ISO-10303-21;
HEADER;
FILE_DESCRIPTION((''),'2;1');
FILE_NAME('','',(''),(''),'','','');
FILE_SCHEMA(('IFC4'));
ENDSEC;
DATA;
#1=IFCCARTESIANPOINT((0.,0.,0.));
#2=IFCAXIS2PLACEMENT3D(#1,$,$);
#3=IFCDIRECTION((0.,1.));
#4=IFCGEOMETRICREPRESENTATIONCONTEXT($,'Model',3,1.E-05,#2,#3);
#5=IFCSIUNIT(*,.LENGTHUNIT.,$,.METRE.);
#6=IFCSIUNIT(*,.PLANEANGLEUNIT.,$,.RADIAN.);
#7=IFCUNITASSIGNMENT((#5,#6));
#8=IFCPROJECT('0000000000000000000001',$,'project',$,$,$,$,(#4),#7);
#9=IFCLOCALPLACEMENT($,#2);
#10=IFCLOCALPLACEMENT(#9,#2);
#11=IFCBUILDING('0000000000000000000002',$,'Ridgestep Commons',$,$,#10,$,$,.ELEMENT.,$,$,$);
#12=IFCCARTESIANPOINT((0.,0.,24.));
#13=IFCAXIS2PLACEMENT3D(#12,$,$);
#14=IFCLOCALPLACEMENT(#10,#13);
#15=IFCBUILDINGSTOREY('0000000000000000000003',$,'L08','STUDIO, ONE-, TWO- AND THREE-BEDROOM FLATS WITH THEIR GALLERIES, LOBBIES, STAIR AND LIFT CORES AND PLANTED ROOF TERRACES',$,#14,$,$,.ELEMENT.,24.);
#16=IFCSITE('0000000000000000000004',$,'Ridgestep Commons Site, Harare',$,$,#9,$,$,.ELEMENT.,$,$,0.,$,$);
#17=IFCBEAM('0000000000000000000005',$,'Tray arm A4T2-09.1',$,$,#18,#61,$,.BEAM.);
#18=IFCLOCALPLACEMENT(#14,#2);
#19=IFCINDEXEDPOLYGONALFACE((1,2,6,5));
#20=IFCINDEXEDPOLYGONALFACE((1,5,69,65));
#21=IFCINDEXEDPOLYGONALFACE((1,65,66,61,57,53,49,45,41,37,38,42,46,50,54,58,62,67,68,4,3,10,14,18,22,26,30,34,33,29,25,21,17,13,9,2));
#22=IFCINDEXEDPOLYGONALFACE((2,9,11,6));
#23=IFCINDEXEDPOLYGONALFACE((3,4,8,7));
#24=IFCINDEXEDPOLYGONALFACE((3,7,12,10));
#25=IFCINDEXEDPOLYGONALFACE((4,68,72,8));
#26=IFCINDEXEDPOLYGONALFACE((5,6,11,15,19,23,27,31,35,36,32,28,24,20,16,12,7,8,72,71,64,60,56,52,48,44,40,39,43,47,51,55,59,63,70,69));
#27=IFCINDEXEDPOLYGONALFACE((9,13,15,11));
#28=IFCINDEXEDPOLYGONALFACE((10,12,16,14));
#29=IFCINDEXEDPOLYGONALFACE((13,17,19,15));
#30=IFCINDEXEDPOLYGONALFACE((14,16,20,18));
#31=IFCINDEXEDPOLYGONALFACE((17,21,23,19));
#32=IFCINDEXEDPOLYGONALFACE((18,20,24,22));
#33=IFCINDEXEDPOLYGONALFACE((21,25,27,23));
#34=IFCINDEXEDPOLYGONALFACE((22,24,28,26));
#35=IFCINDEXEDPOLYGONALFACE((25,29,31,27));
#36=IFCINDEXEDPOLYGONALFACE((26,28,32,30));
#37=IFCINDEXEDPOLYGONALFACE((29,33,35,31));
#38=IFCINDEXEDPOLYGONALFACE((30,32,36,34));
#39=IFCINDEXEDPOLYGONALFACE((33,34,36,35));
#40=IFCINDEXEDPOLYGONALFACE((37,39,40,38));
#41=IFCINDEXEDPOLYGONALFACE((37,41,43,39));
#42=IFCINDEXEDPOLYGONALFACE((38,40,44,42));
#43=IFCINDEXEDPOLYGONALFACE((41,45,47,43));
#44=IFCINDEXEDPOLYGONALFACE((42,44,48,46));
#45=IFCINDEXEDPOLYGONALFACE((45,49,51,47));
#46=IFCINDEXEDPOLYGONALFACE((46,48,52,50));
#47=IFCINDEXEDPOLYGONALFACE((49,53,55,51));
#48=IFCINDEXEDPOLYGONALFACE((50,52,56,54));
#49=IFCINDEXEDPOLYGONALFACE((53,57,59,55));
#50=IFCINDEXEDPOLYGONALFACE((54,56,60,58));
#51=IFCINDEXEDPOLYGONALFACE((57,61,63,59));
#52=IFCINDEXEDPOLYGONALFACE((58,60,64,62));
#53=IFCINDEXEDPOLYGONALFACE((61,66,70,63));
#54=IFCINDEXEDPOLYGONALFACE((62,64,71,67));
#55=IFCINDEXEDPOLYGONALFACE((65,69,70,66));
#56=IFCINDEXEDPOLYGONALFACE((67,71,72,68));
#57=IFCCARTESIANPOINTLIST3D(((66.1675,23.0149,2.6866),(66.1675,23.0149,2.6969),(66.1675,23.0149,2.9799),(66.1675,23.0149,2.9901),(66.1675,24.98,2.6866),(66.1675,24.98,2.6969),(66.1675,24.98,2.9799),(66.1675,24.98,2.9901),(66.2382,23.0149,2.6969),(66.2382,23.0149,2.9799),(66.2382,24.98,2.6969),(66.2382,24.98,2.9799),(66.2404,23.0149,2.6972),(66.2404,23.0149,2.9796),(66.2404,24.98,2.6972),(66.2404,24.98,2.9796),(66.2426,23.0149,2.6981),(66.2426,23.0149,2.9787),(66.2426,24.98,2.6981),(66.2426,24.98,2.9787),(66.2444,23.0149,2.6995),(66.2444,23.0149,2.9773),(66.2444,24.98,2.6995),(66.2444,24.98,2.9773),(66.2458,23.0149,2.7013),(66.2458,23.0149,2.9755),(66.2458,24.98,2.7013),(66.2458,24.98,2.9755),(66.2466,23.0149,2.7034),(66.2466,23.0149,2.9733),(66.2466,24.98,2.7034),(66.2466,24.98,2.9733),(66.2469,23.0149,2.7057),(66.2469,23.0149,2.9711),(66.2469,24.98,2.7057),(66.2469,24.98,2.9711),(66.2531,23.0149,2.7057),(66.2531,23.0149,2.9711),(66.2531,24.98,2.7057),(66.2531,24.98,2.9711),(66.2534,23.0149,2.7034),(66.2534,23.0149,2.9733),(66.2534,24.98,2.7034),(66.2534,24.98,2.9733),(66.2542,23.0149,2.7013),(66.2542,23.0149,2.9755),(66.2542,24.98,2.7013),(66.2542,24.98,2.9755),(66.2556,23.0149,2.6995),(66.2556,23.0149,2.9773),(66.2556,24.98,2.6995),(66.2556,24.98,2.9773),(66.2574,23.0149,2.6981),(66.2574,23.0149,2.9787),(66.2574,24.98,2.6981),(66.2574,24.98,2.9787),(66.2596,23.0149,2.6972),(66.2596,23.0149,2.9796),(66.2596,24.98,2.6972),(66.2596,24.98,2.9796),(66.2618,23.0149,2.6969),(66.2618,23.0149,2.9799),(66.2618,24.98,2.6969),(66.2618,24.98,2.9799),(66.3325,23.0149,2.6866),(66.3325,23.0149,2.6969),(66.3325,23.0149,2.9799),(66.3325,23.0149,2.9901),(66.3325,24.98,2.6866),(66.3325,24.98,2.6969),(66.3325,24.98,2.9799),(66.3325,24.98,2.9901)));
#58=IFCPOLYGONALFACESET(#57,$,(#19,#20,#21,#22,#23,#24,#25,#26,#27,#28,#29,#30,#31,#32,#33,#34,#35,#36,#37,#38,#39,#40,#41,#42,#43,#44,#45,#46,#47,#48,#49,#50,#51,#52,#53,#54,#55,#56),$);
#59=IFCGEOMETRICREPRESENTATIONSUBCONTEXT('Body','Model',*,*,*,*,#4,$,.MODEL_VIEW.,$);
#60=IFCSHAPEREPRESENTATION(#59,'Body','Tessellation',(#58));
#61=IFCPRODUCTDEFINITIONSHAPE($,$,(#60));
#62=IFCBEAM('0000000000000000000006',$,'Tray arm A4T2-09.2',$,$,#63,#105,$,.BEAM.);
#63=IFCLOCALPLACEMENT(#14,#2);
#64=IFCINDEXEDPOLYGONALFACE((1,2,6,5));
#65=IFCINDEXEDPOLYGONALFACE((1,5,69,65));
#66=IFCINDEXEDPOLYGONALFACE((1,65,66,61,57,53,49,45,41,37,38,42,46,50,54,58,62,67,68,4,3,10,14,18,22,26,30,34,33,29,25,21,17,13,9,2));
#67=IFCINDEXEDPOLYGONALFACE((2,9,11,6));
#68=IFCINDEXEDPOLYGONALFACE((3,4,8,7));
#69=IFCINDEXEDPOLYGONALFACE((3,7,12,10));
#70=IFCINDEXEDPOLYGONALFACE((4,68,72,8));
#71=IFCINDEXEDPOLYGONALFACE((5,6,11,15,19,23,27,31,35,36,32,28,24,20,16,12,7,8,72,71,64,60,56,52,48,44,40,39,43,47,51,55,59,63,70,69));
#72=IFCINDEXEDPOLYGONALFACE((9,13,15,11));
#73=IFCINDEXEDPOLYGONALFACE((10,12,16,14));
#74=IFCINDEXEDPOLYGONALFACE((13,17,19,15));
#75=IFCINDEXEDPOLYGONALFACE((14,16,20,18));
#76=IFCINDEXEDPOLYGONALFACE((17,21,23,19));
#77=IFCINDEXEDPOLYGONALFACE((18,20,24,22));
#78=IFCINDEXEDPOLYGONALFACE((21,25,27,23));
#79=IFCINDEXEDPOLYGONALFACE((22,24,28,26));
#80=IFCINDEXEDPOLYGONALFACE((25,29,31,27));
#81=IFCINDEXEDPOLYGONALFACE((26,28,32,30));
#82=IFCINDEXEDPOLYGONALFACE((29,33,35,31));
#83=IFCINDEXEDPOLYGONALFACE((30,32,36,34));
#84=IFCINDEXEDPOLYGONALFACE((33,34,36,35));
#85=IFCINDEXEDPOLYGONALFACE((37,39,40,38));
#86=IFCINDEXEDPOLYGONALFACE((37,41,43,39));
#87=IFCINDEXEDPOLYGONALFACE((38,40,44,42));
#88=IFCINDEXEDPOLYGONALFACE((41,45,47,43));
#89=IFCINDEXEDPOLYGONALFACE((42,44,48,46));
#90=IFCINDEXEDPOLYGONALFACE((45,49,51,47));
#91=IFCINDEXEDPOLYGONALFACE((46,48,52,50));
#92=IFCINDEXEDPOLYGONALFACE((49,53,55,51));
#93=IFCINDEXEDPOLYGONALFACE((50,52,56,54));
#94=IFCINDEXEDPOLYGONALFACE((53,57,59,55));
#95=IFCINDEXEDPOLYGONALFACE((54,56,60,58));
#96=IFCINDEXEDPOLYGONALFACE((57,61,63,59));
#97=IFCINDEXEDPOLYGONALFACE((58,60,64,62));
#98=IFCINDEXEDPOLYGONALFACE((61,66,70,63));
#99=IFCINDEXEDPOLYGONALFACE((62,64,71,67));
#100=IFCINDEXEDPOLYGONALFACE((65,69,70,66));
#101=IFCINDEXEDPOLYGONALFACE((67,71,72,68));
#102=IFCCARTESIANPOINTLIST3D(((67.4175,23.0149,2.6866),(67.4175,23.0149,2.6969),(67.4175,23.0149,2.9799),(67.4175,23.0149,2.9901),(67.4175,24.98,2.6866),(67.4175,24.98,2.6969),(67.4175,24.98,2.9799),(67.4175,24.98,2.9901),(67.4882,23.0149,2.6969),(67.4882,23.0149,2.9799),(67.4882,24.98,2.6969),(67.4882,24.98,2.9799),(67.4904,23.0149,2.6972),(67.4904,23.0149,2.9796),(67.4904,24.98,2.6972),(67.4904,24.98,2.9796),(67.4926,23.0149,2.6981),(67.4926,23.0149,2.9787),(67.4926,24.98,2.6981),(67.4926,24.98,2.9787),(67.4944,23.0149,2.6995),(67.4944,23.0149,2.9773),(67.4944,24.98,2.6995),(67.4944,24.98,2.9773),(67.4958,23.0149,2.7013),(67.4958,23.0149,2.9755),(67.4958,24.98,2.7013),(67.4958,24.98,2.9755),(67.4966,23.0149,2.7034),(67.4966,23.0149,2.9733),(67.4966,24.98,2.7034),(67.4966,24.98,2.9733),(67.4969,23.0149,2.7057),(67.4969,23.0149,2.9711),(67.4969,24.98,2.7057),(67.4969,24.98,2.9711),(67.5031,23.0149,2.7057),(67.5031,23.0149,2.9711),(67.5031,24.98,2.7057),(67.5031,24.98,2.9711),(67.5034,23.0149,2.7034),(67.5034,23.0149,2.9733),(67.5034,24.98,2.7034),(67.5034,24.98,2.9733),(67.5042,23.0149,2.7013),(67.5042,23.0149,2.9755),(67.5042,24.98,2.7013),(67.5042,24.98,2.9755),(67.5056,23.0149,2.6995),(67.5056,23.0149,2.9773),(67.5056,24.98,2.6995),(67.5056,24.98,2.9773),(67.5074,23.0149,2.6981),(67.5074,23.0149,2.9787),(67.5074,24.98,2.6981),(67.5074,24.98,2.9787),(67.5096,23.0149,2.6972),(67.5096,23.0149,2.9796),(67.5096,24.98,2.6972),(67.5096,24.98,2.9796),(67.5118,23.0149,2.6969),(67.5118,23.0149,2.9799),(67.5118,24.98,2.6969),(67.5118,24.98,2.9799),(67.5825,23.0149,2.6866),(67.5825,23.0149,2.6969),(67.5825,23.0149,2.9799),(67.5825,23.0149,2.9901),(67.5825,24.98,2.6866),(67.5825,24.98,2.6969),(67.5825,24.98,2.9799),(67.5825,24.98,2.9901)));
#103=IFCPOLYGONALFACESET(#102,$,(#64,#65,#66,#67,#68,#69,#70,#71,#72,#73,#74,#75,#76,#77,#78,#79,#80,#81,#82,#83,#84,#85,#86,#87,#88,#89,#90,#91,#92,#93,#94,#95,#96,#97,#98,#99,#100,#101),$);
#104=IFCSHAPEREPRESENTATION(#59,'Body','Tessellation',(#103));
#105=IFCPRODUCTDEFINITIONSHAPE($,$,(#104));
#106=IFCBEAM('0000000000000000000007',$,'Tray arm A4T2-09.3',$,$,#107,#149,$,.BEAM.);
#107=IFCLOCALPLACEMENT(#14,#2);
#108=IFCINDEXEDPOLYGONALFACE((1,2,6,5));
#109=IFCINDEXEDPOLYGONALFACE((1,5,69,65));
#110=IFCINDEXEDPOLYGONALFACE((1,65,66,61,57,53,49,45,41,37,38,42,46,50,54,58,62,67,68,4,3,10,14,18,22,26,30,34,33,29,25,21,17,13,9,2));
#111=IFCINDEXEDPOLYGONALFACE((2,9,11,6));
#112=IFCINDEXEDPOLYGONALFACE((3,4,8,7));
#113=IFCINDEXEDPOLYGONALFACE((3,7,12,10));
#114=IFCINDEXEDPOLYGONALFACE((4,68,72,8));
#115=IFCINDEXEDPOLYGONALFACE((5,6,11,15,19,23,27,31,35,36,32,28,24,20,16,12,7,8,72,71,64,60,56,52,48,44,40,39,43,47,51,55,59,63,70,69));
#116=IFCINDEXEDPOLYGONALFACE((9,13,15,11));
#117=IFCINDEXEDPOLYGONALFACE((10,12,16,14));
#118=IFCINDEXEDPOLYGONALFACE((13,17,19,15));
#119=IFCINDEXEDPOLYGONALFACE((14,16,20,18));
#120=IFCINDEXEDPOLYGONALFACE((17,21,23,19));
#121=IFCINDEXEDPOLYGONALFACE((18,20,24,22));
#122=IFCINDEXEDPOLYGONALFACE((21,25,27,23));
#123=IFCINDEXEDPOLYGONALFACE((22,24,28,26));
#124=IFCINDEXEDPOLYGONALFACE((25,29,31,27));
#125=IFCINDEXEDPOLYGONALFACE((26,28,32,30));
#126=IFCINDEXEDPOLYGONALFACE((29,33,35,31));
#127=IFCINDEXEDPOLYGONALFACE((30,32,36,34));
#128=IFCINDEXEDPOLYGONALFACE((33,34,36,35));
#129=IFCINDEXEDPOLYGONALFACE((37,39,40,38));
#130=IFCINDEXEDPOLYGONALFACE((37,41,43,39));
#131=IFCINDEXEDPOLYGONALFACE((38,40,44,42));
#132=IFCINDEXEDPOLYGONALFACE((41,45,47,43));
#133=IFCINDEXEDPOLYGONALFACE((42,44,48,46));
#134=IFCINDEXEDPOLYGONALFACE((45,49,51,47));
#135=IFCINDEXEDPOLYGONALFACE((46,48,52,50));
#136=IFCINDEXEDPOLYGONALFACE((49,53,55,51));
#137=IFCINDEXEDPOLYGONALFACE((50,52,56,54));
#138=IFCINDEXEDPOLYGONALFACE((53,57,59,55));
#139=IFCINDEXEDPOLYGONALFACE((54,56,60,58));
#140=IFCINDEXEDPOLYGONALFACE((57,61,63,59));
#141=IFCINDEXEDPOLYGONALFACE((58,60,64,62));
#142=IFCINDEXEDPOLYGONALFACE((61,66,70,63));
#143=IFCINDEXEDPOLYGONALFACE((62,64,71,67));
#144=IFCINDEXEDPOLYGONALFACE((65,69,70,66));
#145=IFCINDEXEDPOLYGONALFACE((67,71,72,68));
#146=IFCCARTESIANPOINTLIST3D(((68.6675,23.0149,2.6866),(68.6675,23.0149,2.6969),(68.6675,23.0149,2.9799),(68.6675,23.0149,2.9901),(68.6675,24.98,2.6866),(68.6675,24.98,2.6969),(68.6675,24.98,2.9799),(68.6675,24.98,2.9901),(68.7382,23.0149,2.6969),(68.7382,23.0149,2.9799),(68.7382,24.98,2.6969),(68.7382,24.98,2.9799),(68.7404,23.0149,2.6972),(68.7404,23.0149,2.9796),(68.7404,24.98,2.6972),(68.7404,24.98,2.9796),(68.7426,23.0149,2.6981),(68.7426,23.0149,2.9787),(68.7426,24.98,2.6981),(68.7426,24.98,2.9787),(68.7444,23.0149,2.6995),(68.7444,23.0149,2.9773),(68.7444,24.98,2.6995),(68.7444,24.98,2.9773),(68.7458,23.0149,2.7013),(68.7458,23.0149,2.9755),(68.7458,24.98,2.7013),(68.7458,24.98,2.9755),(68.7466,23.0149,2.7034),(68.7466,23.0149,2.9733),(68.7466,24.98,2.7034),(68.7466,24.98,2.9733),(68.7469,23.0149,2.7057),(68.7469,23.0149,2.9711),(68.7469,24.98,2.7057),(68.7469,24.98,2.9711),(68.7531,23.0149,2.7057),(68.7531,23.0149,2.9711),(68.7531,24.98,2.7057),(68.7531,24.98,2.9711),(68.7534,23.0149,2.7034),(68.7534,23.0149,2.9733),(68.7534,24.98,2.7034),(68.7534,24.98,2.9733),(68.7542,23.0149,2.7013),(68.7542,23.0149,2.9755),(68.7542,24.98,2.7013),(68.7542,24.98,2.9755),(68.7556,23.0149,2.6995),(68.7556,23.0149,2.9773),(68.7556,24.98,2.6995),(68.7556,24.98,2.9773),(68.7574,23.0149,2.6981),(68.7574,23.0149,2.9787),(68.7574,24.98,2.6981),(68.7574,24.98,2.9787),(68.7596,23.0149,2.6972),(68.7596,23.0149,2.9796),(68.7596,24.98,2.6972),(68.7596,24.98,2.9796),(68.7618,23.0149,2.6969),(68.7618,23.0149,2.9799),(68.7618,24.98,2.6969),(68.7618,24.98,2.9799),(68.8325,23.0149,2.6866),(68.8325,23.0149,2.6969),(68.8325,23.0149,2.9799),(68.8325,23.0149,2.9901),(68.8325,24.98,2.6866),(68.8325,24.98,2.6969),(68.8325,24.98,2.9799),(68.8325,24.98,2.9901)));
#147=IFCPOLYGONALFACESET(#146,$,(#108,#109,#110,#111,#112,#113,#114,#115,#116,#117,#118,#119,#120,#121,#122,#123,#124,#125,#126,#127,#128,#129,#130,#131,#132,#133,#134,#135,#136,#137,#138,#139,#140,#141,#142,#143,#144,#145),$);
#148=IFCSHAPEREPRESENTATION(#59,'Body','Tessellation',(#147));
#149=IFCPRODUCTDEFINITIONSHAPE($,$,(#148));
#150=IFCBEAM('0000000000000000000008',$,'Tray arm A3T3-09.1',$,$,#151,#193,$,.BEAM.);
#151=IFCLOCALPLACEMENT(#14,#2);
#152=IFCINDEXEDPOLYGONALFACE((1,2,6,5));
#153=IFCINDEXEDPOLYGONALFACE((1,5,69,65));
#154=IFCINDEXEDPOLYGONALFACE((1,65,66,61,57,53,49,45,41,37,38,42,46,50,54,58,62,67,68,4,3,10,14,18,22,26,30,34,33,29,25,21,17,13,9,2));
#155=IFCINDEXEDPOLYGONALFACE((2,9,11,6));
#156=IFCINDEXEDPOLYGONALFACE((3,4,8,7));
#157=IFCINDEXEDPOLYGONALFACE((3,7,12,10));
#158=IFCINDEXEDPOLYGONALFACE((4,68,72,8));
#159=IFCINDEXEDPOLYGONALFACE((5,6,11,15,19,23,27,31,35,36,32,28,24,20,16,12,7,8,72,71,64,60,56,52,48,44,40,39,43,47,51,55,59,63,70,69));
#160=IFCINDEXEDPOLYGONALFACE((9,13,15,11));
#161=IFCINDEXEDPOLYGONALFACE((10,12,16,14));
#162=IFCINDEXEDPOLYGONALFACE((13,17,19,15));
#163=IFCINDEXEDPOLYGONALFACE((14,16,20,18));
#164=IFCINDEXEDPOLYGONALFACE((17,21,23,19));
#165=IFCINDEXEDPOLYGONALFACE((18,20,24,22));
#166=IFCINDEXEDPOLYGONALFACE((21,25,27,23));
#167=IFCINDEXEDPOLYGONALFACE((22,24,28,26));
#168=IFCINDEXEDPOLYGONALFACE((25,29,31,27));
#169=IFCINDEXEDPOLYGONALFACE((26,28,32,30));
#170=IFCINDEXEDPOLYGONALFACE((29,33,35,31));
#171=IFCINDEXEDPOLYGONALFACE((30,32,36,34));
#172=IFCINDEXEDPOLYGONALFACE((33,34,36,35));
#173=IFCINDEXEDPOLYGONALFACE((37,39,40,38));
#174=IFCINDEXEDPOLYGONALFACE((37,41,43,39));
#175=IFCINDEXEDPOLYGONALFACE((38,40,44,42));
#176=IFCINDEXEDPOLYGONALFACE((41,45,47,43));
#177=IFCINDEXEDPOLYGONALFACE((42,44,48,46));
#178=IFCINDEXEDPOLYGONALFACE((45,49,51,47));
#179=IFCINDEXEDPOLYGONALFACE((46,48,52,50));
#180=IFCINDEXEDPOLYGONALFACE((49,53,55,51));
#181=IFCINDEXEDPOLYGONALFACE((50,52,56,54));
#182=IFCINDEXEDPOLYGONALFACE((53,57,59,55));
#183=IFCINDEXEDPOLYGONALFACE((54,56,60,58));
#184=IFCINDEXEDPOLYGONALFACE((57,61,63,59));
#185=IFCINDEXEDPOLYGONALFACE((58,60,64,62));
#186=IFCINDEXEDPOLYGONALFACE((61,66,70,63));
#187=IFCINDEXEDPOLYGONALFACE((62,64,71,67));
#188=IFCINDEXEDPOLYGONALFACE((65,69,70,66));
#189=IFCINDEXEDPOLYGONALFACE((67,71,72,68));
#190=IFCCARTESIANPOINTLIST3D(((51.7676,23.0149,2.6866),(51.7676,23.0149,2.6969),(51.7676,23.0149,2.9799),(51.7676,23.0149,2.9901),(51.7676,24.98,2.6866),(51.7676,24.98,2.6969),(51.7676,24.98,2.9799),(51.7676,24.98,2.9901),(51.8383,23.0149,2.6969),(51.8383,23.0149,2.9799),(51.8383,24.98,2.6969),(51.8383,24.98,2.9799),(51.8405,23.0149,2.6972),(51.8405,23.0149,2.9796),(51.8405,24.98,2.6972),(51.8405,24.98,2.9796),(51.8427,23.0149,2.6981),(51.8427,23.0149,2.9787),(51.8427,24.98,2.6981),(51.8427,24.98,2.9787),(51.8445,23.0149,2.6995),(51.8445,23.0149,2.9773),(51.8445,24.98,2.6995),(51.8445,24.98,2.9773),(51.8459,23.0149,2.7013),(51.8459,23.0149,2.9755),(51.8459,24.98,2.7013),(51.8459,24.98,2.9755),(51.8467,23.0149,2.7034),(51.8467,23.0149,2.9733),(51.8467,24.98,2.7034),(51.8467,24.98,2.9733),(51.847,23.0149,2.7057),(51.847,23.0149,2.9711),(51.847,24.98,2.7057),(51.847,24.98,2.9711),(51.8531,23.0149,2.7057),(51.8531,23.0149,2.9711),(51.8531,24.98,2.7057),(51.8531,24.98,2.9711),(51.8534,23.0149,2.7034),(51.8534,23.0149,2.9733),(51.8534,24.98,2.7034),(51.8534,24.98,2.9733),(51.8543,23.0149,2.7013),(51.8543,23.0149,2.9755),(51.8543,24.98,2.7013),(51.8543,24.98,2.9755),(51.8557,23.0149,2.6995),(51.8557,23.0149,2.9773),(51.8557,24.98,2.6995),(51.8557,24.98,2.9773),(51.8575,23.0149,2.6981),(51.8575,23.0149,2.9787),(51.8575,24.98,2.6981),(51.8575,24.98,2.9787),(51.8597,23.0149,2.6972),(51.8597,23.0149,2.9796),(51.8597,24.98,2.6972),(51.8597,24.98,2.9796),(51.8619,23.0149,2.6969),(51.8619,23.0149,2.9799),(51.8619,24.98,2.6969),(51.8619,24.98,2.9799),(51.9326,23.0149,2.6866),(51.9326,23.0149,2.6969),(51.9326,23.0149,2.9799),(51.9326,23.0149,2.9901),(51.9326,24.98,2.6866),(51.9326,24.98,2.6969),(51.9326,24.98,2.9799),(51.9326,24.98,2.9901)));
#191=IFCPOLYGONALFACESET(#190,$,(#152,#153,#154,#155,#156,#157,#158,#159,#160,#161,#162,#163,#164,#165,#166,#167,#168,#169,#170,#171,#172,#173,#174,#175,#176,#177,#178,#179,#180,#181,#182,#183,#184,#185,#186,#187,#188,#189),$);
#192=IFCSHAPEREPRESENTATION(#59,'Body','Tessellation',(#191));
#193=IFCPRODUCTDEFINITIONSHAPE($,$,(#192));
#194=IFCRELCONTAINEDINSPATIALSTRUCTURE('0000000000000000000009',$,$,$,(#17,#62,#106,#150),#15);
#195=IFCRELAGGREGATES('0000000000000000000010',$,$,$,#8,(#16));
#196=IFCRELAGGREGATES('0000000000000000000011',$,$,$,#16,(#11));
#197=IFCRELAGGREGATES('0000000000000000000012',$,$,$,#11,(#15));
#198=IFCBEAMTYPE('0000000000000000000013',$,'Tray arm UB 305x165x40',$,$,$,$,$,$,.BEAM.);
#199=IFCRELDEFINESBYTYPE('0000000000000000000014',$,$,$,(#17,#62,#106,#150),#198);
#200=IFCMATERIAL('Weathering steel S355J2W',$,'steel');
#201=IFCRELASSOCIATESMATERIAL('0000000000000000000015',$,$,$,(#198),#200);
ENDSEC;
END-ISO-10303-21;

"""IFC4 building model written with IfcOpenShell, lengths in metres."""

from ifc_helpers import new_model, si_unit, direction, frame, origin, origin_2d, place, context, subcontext, project, spatial, i_section, extrude, material, material_profile, profile_set, type_object, element, save


model = new_model("IFC4")

# Units and contexts
model_context = context("Model", 3, precision=1e-05, world=origin(), true_north=direction((0.0, 1.0)))
body_context = subcontext(model_context, "Body", "Model", "MODEL_VIEW")
ifc_project = project(units=[si_unit("LENGTHUNIT", "METRE"), si_unit("PLANEANGLEUNIT", "RADIAN")], contexts=[model_context])

# Site, building, storey
site_placement = place(None, origin())
site = spatial("IfcSite", under=ifc_project, at=site_placement, Name="Ridgestep Commons Site, Harare", CompositionType="ELEMENT", RefElevation=0.0)
building_placement = place(site_placement, origin())
building = spatial("IfcBuilding", under=site, at=building_placement, Name="Ridgestep Commons", CompositionType="ELEMENT")
storey_placement = place(building_placement, frame((0.0, 0.0, 24.0)))
storey = spatial("IfcBuildingStorey", under=building, at=storey_placement, Name="L08", Description="STUDIO, ONE-, TWO- AND THREE-BEDROOM FLATS WITH THEIR GALLERIES, LOBBIES, STAIR AND LIFT CORES AND PLANTED ROOF TERRACES", CompositionType="ELEMENT", Elevation=24.0)

# Beams
ifc_material_1 = material(Name="Weathering steel S355J2W", Category="steel")
ifc_material_profile_1 = material_profile(ifc_material_1, i_section(OverallWidth=0.165, OverallDepth=0.3035, WebThickness=0.0061, FlangeThickness=0.0103, FilletRadius=0.0088, at=origin_2d()), Name="UB 305x165x40")
ifc_profile_set_1 = profile_set([ifc_material_profile_1], Name="Weathering steel S355J2W")
beam_type_1 = type_object("IfcBeamType", Name="Tray arm UB 305x165x40", PredefinedType="BEAM", material=ifc_profile_set_1)
for number, where, z_axis, x_axis, name in (
    (1, (66.25, 23.0149, 2.8384), (0.0, 1.0, 0.0), (-1.0, 0.0, 0.0), "Tray arm A4T2-09.1"),
    (2, (67.5, 23.0149, 2.8384), (0.0, 1.0, 0.0), (-1.0, 0.0, 0.0), "Tray arm A4T2-09.2"),
    (3, (68.75, 23.0149, 2.8384), (0.0, 1.0, 0.0), (-1.0, 0.0, 0.0), "Tray arm A4T2-09.3"),
    (4, (51.8501, 23.0149, 2.8384), (0.0, 1.0, 0.0), (-1.0, 0.0, 0.0), "Tray arm A3T3-09.1"),
):
    element("IfcBeam", number, at=place(storey_placement, frame(where, z_axis=z_axis, x_axis=x_axis)), inside=storey, type_object=beam_type_1, Name=name, PredefinedType="BEAM", context=body_context, shape_type="SweptSolid", body=[
        extrude(i_section(OverallWidth=0.165, OverallDepth=0.3035, WebThickness=0.0061, FlangeThickness=0.0103, FilletRadius=0.0088, at=origin_2d()), origin(), (0.0, 0.0, 1.0), 1.9651),
    ])

save(model, "model.ifc")
